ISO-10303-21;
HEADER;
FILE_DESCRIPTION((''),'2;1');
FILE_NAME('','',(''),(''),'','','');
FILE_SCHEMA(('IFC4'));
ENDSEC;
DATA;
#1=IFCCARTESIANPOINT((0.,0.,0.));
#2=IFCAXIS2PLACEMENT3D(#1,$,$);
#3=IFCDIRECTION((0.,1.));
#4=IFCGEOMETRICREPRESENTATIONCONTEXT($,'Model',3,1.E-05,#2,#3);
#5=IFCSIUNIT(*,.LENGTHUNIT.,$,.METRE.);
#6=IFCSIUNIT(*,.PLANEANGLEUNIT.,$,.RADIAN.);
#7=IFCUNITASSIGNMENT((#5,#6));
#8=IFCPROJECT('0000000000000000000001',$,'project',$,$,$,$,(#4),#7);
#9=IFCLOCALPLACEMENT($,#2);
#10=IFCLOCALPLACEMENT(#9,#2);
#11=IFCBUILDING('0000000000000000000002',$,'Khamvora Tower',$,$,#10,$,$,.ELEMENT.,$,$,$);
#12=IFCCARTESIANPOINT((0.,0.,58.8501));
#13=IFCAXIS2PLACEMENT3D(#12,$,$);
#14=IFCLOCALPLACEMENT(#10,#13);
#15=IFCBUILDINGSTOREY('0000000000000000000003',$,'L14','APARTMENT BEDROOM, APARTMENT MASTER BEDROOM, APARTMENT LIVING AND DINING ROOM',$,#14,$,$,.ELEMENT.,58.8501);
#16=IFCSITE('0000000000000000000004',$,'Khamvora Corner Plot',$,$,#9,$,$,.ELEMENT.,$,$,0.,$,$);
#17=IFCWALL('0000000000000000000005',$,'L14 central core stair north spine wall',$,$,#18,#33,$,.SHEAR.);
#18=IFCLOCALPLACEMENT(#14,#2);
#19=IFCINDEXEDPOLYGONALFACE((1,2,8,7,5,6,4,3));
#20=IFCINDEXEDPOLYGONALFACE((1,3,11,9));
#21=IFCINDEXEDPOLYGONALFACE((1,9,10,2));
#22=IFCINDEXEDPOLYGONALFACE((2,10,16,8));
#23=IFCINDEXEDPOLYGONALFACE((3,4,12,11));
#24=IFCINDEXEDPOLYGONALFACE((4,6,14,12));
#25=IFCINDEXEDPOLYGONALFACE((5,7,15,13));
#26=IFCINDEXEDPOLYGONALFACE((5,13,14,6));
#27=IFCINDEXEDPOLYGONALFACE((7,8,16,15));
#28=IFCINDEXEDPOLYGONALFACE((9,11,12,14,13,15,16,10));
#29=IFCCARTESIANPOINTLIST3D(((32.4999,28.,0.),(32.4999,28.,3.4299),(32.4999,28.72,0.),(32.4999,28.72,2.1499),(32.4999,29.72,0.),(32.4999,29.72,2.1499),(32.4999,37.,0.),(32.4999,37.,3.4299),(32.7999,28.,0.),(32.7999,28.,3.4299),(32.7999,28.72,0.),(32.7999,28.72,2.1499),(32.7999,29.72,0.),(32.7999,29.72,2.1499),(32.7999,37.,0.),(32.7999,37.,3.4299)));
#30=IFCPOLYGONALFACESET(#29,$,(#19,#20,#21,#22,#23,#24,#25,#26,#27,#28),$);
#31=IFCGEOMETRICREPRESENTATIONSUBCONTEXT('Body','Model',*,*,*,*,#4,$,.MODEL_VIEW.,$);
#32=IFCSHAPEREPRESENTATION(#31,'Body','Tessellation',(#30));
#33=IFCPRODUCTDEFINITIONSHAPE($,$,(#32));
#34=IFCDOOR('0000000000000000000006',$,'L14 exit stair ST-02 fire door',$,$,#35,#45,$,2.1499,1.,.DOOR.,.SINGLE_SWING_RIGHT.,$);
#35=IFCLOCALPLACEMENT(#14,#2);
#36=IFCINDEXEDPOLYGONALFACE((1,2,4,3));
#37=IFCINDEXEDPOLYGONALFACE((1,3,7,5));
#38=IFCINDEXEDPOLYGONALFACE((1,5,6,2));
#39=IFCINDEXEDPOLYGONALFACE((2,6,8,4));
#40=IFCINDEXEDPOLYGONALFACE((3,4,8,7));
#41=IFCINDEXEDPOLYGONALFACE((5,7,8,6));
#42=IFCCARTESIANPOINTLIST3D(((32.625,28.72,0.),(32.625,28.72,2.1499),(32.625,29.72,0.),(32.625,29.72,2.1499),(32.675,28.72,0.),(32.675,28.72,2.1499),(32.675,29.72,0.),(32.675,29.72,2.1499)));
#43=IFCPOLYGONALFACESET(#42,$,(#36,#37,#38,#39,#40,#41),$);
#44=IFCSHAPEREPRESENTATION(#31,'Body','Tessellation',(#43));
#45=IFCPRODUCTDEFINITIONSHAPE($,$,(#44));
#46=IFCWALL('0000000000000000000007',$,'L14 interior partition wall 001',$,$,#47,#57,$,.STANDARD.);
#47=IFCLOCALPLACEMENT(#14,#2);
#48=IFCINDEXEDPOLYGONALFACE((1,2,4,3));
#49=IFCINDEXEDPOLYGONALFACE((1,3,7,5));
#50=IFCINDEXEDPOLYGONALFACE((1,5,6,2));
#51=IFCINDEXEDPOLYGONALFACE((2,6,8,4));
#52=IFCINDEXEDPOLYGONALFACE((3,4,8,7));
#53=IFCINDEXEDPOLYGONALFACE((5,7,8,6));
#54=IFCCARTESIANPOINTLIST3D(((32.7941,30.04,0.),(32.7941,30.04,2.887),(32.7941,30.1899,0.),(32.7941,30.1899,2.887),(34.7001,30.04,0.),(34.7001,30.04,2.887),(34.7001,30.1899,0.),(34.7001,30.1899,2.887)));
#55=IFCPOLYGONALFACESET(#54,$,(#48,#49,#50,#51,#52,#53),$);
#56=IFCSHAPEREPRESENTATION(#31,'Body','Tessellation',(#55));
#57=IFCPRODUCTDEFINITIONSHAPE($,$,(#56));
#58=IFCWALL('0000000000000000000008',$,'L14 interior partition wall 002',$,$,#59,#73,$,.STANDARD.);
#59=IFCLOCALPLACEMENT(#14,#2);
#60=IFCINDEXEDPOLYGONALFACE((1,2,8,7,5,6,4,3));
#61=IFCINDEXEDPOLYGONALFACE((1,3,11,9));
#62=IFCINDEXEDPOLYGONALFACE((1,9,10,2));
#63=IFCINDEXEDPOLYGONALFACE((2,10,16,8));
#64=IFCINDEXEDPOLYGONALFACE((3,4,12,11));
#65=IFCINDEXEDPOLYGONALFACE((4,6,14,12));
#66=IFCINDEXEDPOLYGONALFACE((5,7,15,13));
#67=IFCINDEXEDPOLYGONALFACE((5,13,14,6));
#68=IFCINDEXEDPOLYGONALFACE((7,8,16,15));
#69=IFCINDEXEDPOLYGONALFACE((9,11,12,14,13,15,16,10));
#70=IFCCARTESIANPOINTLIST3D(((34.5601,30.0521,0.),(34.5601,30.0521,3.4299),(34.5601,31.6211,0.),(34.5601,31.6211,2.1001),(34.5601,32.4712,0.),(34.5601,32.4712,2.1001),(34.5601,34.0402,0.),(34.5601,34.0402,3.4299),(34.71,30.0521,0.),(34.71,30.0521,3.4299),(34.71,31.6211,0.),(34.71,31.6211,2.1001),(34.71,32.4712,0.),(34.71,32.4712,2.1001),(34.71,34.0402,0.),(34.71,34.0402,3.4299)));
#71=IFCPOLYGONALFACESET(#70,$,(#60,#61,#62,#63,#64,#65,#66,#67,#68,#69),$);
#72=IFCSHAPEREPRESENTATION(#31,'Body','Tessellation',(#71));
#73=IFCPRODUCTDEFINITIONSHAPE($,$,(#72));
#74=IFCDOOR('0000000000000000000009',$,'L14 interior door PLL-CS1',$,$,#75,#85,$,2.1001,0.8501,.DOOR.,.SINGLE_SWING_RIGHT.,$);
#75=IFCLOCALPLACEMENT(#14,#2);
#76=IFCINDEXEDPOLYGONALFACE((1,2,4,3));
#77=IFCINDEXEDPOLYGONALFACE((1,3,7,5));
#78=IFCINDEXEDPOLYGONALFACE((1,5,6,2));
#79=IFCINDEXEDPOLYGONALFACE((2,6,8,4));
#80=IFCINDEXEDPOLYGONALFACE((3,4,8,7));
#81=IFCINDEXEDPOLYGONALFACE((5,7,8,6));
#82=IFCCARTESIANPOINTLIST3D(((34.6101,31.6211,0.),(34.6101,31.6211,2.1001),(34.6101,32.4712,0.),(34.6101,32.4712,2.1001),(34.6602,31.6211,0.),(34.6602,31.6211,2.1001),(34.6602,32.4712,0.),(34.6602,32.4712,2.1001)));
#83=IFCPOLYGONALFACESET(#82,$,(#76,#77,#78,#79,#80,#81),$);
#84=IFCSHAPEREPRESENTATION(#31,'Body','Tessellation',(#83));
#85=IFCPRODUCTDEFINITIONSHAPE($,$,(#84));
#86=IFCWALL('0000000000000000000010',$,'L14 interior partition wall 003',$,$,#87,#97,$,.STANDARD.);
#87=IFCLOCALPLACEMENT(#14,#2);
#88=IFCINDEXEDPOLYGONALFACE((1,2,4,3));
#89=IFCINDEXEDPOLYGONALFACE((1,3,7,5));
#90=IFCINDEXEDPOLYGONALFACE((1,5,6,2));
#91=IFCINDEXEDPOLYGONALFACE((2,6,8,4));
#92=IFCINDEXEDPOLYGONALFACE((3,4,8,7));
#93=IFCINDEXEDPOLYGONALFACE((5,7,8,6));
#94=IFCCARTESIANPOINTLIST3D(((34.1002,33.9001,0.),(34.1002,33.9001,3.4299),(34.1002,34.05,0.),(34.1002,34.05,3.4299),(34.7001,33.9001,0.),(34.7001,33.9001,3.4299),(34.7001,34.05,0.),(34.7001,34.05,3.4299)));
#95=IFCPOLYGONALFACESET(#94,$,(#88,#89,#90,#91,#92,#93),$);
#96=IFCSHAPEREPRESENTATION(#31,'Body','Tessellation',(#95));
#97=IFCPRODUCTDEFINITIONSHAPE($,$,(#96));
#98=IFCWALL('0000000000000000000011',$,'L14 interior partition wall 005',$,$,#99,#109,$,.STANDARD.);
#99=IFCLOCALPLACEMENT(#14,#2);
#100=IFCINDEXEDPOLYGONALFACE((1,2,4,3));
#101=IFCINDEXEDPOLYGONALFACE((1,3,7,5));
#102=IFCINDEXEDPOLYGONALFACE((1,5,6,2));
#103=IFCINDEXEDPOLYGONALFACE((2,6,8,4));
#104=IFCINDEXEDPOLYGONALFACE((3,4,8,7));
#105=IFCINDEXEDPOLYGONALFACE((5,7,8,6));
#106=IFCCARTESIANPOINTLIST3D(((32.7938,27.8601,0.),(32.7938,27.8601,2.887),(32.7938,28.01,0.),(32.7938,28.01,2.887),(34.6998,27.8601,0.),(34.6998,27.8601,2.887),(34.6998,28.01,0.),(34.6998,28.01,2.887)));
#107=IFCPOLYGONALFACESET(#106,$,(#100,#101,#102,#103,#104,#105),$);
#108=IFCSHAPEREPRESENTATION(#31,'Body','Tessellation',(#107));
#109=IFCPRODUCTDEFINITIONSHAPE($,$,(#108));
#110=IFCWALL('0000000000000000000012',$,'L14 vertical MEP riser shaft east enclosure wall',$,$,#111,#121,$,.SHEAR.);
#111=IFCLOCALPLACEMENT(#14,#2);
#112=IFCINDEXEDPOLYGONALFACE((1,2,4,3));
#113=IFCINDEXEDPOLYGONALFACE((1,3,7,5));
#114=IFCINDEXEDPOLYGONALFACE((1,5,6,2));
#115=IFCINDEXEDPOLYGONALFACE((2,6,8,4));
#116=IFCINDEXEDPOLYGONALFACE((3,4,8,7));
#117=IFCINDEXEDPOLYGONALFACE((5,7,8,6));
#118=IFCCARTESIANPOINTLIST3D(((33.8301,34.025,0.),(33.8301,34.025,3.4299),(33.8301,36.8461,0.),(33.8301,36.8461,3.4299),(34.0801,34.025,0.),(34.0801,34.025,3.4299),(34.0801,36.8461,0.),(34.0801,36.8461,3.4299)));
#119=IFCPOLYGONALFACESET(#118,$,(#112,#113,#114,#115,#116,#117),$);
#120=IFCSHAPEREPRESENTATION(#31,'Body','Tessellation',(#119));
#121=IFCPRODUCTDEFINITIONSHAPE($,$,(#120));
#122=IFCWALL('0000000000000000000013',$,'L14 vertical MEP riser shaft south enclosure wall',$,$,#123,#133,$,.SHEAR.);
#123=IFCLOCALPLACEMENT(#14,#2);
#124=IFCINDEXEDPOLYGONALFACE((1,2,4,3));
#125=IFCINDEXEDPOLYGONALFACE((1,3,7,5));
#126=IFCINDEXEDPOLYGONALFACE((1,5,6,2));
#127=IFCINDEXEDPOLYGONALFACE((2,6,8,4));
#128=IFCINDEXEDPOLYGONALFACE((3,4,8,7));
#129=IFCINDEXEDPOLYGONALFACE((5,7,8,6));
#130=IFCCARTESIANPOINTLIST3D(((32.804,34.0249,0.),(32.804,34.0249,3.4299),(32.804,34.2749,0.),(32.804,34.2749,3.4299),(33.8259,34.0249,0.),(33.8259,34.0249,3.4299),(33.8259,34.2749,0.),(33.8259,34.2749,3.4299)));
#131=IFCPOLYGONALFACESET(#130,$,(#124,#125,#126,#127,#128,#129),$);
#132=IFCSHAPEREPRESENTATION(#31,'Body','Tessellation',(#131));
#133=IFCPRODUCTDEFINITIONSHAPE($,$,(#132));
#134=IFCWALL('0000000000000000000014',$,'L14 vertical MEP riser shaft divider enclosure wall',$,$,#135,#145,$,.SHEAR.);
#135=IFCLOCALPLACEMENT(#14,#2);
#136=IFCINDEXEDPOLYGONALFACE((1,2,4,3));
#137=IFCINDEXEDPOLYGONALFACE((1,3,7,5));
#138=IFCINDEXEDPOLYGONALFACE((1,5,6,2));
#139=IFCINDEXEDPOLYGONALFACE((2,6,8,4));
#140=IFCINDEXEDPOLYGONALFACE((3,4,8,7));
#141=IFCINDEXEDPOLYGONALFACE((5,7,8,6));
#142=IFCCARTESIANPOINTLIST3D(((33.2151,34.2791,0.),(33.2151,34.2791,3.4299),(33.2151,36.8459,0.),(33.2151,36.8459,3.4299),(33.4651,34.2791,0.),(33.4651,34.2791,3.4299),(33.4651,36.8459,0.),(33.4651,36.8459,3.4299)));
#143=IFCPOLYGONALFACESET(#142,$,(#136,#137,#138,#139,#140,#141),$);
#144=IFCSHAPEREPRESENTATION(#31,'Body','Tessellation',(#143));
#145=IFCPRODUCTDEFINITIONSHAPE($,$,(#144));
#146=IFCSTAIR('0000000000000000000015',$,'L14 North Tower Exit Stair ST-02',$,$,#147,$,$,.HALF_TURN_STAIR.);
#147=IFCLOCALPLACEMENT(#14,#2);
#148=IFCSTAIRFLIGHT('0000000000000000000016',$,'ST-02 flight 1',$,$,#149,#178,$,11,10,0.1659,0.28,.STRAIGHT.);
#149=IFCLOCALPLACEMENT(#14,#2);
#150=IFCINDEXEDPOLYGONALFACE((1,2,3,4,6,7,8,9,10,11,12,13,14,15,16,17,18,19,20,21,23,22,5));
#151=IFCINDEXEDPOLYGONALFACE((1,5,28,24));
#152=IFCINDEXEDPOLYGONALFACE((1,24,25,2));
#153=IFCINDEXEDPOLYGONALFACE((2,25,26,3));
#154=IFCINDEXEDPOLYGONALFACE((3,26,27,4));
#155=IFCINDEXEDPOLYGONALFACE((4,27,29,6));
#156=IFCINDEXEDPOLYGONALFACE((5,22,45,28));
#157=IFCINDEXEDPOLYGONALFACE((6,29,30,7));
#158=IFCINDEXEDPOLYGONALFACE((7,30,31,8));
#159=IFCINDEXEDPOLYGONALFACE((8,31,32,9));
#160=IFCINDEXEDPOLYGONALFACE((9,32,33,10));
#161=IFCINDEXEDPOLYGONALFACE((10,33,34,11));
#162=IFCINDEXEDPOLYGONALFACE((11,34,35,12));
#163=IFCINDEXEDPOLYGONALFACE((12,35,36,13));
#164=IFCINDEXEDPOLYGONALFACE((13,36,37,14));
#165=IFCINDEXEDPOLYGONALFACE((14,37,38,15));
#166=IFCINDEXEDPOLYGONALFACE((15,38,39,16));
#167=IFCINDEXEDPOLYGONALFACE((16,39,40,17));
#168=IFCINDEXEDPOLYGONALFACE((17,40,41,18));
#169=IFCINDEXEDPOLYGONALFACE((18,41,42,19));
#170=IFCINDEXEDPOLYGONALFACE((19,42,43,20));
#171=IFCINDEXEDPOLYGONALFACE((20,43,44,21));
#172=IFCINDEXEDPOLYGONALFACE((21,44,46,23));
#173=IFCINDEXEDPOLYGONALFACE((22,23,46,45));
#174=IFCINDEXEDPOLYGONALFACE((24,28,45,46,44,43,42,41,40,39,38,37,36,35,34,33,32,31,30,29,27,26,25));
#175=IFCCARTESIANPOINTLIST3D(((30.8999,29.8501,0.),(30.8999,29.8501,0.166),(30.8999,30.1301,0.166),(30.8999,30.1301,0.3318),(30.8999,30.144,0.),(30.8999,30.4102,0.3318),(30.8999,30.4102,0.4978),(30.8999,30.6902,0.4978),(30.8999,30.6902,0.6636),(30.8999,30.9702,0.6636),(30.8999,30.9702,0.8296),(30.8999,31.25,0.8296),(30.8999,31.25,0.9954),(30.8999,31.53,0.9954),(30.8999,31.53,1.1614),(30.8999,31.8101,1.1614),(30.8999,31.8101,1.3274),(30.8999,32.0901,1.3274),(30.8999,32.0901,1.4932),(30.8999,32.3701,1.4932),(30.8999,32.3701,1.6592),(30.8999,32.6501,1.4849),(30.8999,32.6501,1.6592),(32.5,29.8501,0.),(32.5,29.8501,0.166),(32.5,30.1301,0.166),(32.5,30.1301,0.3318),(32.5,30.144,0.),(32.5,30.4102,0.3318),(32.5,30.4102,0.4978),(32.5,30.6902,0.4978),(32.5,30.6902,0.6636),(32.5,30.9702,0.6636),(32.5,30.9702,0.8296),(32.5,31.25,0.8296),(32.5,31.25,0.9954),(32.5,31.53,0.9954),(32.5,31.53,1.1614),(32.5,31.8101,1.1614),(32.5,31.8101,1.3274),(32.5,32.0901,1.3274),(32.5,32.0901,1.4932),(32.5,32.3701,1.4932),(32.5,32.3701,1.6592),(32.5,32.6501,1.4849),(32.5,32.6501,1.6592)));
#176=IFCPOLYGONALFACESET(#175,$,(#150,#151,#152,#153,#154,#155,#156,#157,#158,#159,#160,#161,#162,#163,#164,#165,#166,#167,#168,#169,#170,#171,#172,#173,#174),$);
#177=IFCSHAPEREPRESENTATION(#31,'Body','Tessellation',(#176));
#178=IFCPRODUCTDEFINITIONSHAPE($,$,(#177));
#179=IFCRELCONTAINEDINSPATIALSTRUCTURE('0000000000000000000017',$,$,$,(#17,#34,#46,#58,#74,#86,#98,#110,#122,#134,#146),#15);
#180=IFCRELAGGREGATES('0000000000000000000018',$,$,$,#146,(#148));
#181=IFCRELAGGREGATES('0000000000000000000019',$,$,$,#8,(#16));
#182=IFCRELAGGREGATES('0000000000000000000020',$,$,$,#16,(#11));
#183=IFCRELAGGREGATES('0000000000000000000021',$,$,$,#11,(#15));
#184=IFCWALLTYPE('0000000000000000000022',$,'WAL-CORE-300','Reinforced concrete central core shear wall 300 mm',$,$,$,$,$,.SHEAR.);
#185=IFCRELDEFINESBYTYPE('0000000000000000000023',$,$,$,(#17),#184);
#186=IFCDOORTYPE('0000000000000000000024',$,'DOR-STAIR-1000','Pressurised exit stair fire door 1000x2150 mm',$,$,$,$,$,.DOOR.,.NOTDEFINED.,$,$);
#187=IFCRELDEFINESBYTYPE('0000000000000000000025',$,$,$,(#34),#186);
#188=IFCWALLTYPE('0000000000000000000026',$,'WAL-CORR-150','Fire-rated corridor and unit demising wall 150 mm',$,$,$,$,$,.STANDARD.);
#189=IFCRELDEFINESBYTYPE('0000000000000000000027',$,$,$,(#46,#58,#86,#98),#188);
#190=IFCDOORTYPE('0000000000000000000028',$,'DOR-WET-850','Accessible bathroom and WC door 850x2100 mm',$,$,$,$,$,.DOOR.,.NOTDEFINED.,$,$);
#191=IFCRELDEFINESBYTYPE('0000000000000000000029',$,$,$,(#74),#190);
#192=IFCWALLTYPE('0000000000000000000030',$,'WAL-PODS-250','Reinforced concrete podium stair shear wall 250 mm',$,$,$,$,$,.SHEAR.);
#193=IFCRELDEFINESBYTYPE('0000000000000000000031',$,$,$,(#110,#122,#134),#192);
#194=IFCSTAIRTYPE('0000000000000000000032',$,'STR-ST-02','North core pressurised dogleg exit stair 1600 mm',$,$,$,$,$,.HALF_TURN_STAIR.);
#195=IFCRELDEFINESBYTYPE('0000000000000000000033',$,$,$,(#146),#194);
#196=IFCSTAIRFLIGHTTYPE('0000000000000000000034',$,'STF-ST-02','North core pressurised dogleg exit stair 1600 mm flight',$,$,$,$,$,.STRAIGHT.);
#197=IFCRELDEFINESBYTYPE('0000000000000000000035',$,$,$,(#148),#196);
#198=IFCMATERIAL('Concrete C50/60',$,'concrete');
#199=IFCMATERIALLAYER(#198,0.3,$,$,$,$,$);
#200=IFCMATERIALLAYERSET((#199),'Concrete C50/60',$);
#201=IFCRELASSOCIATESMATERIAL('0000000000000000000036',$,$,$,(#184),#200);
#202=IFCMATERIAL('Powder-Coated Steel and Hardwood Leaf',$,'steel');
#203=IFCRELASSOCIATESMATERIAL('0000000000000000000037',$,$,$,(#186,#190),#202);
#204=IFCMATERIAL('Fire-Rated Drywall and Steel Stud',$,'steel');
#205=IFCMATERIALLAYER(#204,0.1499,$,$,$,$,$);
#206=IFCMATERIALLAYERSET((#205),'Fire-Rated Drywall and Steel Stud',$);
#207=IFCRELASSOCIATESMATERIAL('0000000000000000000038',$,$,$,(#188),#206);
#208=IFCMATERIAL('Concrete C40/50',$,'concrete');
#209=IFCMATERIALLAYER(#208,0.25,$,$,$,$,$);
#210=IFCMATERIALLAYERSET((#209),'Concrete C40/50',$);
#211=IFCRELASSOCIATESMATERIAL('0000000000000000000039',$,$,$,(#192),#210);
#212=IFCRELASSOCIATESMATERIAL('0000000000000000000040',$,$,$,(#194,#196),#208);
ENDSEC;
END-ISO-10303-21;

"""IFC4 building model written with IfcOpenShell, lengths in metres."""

from ifc_helpers import new_model, si_unit, direction, frame, frame_2d, origin, place, context, subcontext, project, spatial, polyline, rectangle, outline, extrude, material, layer, layer_set, type_object, element, fill, aggregate, save


model = new_model("IFC4")

# Units and contexts
model_context = context("Model", 3, precision=1e-05, world=origin(), true_north=direction((0.0, 1.0)))
body_context = subcontext(model_context, "Body", "Model", "MODEL_VIEW")
ifc_project = project(units=[si_unit("LENGTHUNIT", "METRE"), si_unit("PLANEANGLEUNIT", "RADIAN")], contexts=[model_context])

# Site, building, storey
site_placement = place(None, origin())
site = spatial("IfcSite", under=ifc_project, at=site_placement, Name="Khamvora Corner Plot", CompositionType="ELEMENT", RefElevation=0.0)
building_placement = place(site_placement, origin())
building = spatial("IfcBuilding", under=site, at=building_placement, Name="Khamvora Tower", CompositionType="ELEMENT")
storey_placement = place(building_placement, frame((0.0, 0.0, 58.8501)))
storey = spatial("IfcBuildingStorey", under=building, at=storey_placement, Name="L14", Description="APARTMENT BEDROOM, APARTMENT MASTER BEDROOM, APARTMENT LIVING AND DINING ROOM", CompositionType="ELEMENT", Elevation=58.8501)

# Wall, opening, door
ifc_material_1 = material(Name="Concrete C50/60", Category="concrete")
ifc_layer_1 = layer(ifc_material_1, 0.3)
ifc_layer_set_1 = layer_set([ifc_layer_1], Name="Concrete C50/60")
wall_type_1 = type_object("IfcWallType", Name="WAL-CORE-300", Description="Reinforced concrete central core shear wall 300 mm", PredefinedType="SHEAR", material=ifc_layer_set_1)
wall_1_placement = place(storey_placement, frame((32.6499, 28.0, 0.0), z_axis=(0.0, 0.0, 1.0), x_axis=(0.0, 1.0, 0.0)))
wall_1 = element("IfcWall", 1, at=wall_1_placement, inside=storey, type_object=wall_type_1, Name="L14 central core stair north spine wall", PredefinedType="SHEAR", context=body_context, shape_type="SweptSolid", body=[
    extrude(rectangle(XDim=9.0, YDim=0.3, at=frame_2d((4.5, 0.0))), origin(), (0.0, 0.0, 1.0), 3.4299),
])
opening_1_placement = place(wall_1_placement, frame((0.72, 0.0, 0.0)))
opening_1 = element("IfcOpeningElement", 2, at=opening_1_placement, cuts=wall_1, PredefinedType="OPENING", context=body_context, shape_type="SweptSolid", body=[
    extrude(rectangle(XDim=1.0, YDim=2.1499, at=frame_2d((0.5, 1.075))), frame((0.0, 0.1599, 0.0), z_axis=(0.0, -1.0, 0.0), x_axis=(1.0, 0.0, 0.0)), (0.0, 0.0, 1.0), 0.3201),
])
ifc_material_2 = material(Name="Powder-Coated Steel and Hardwood Leaf", Category="steel")
door_type_1 = type_object("IfcDoorType", Name="DOR-STAIR-1000", Description="Pressurised exit stair fire door 1000x2150 mm", OperationType="NOTDEFINED", PredefinedType="DOOR", material=ifc_material_2)
door_1_placement = place(opening_1_placement, origin())
door_1 = element("IfcDoor", 3, at=door_1_placement, inside=storey, type_object=door_type_1, Name="L14 exit stair ST-02 fire door", OperationType="SINGLE_SWING_RIGHT", OverallHeight=2.1499, OverallWidth=1.0, PredefinedType="DOOR", context=body_context, shape_type="SweptSolid", body=[
    extrude(rectangle(XDim=1.0, YDim=2.1499, at=frame_2d((0.5, 1.075))), frame((0.0, 0.0249, 0.0), z_axis=(0.0, -1.0, 0.0), x_axis=(1.0, 0.0, 0.0)), (0.0, 0.0, 1.0), 0.05),
])
fill(opening_1, door_1)

# Wall
ifc_material_3 = material(Name="Fire-Rated Drywall and Steel Stud", Category="steel")
ifc_layer_2 = layer(ifc_material_3, 0.1499)
ifc_layer_set_2 = layer_set([ifc_layer_2], Name="Fire-Rated Drywall and Steel Stud")
wall_type_2 = type_object("IfcWallType", Name="WAL-CORR-150", Description="Fire-rated corridor and unit demising wall 150 mm", PredefinedType="STANDARD", material=ifc_layer_set_2)
wall_2_placement = place(storey_placement, frame((32.7939, 30.115, 0.0), z_axis=(0.0, 0.0, 1.0), x_axis=(1.0, 0.0, 0.0)))
element("IfcWall", 4, at=wall_2_placement, inside=storey, type_object=wall_type_2, Name="L14 interior partition wall 001", PredefinedType="STANDARD", context=body_context, shape_type="SweptSolid", body=[
    extrude(rectangle(XDim=1.906, YDim=0.1499, at=frame_2d((0.9531, 0.0))), origin(), (0.0, 0.0, 1.0), 2.887),
])

# Wall, opening, door
wall_3_placement = place(storey_placement, frame((34.635, 30.052, 0.0), z_axis=(0.0, 0.0, 1.0), x_axis=(0.0, 1.0, 0.0)))
wall_3 = element("IfcWall", 5, at=wall_3_placement, inside=storey, type_object=wall_type_2, Name="L14 interior partition wall 002", PredefinedType="STANDARD", context=body_context, shape_type="SweptSolid", body=[
    extrude(rectangle(XDim=3.988, YDim=0.1499, at=frame_2d((1.9941, 0.0))), origin(), (0.0, 0.0, 1.0), 3.4299),
])
opening_2_placement = place(wall_3_placement, frame((1.5691, 0.0, 0.0)))
opening_2 = element("IfcOpeningElement", 6, at=opening_2_placement, cuts=wall_3, PredefinedType="OPENING", context=body_context, shape_type="SweptSolid", body=[
    extrude(rectangle(XDim=0.8501, YDim=2.1001, at=frame_2d((0.425, 1.05))), frame((0.0, 0.085, 0.0), z_axis=(0.0, -1.0, 0.0), x_axis=(1.0, 0.0, 0.0)), (0.0, 0.0, 1.0), 0.1699),
])
door_type_2 = type_object("IfcDoorType", Name="DOR-WET-850", Description="Accessible bathroom and WC door 850x2100 mm", OperationType="NOTDEFINED", PredefinedType="DOOR", material=ifc_material_2)
door_2_placement = place(opening_2_placement, origin())
door_2 = element("IfcDoor", 7, at=door_2_placement, inside=storey, type_object=door_type_2, Name="L14 interior door PLL-CS1", OperationType="SINGLE_SWING_RIGHT", OverallHeight=2.1001, OverallWidth=0.8501, PredefinedType="DOOR", context=body_context, shape_type="SweptSolid", body=[
    extrude(rectangle(XDim=0.8501, YDim=2.1001, at=frame_2d((0.425, 1.05))), frame((0.0, 0.0249, 0.0), z_axis=(0.0, -1.0, 0.0), x_axis=(1.0, 0.0, 0.0)), (0.0, 0.0, 1.0), 0.05),
])
fill(opening_2, door_2)

# Walls
wall_4_placement = place(storey_placement, frame((34.7, 33.9751, 0.0), z_axis=(0.0, 0.0, 1.0), x_axis=(-1.0, 0.0, 0.0)))
element("IfcWall", 8, at=wall_4_placement, inside=storey, type_object=wall_type_2, Name="L14 interior partition wall 003", PredefinedType="STANDARD", context=body_context, shape_type="SweptSolid", body=[
    extrude(rectangle(XDim=0.5999, YDim=0.1499, at=frame_2d((0.2998, 0.0))), origin(), (0.0, 0.0, 1.0), 3.4299),
])
wall_5_placement = place(storey_placement, frame((34.7, 27.9351, 0.0), z_axis=(0.0, 0.0, 1.0), x_axis=(-1.0, 0.0, 0.0)))
element("IfcWall", 9, at=wall_5_placement, inside=storey, type_object=wall_type_2, Name="L14 interior partition wall 005", PredefinedType="STANDARD", context=body_context, shape_type="SweptSolid", body=[
    extrude(rectangle(XDim=1.906, YDim=0.1499, at=frame_2d((0.9531, 0.0))), origin(), (0.0, 0.0, 1.0), 2.887),
])
ifc_material_4 = material(Name="Concrete C40/50", Category="concrete")
ifc_layer_3 = layer(ifc_material_4, 0.25)
ifc_layer_set_3 = layer_set([ifc_layer_3], Name="Concrete C40/50")
wall_type_3 = type_object("IfcWallType", Name="WAL-PODS-250", Description="Reinforced concrete podium stair shear wall 250 mm", PredefinedType="SHEAR", material=ifc_layer_set_3)
wall_6_placement = place(storey_placement, frame((33.9551, 34.0249, 0.0), z_axis=(0.0, 0.0, 1.0), x_axis=(0.0, 1.0, 0.0)))
element("IfcWall", 10, at=wall_6_placement, inside=storey, type_object=wall_type_3, Name="L14 vertical MEP riser shaft east enclosure wall", PredefinedType="SHEAR", context=body_context, shape_type="SweptSolid", body=[
    extrude(rectangle(XDim=2.821, YDim=0.25, at=frame_2d((1.4106, 0.0))), origin(), (0.0, 0.0, 1.0), 3.4299),
])
wall_7_placement = place(storey_placement, frame((32.804, 34.1499, 0.0), z_axis=(0.0, 0.0, 1.0), x_axis=(1.0, 0.0, 0.0)))
element("IfcWall", 11, at=wall_7_placement, inside=storey, type_object=wall_type_3, Name="L14 vertical MEP riser shaft south enclosure wall", PredefinedType="SHEAR", context=body_context, shape_type="SweptSolid", body=[
    extrude(rectangle(XDim=1.022, YDim=0.25, at=frame_2d((0.511, 0.0))), origin(), (0.0, 0.0, 1.0), 3.4299),
])
wall_8_placement = place(storey_placement, frame((33.3401, 34.2791, 0.0), z_axis=(0.0, 0.0, 1.0), x_axis=(0.0, 1.0, 0.0)))
element("IfcWall", 12, at=wall_8_placement, inside=storey, type_object=wall_type_3, Name="L14 vertical MEP riser shaft divider enclosure wall", PredefinedType="SHEAR", context=body_context, shape_type="SweptSolid", body=[
    extrude(rectangle(XDim=2.5669, YDim=0.25, at=frame_2d((1.2834, 0.0))), origin(), (0.0, 0.0, 1.0), 3.4299),
])

# Stair, stair flight
stair_type = type_object("IfcStairType", Name="STR-ST-02", Description="North core pressurised dogleg exit stair 1600 mm", PredefinedType="HALF_TURN_STAIR", material=ifc_material_4)
stair_placement = place(storey_placement, origin())
stair = element("IfcStair", 13, at=stair_placement, inside=storey, type_object=stair_type, Name="L14 North Tower Exit Stair ST-02", PredefinedType="HALF_TURN_STAIR")
stair_flight_type = type_object("IfcStairFlightType", Name="STF-ST-02", Description="North core pressurised dogleg exit stair 1600 mm flight", PredefinedType="STRAIGHT", material=ifc_material_4)
stair_flight_1_placement = place(storey_placement, frame((31.7, 29.8501, 0.0), z_axis=(0.0, 0.0, 1.0), x_axis=(0.0, 1.0, 0.0)))
stair_flight_1 = element("IfcStairFlight", 14, at=stair_flight_1_placement, type_object=stair_flight_type, Name="ST-02 flight 1", NumberOfRisers=11, NumberOfTreads=10, PredefinedType="STRAIGHT", RiserHeight=0.1659, TreadLength=0.28, context=body_context, shape_type="SweptSolid", body=[
    extrude(outline(polyline([(0.0, 0.0), (0.0, 0.166), (0.28, 0.166), (0.28, 0.3318), (0.5601, 0.3318), (0.5601, 0.4978), (0.8401, 0.4978), (0.8401, 0.6636), (1.1201, 0.6636), (1.1201, 0.8296), (1.3999, 0.8296), (1.3999, 0.9954), (1.6799, 0.9954), (1.6799, 1.1614), (1.96, 1.1614), (1.96, 1.3274), (2.24, 1.3274), (2.24, 1.4932), (2.52, 1.4932), (2.52, 1.6592), (2.8, 1.6592), (2.8, 1.825), (2.8, 1.4849), (0.2939, 0.0), (0.0, 0.0)])), frame((0.0, 0.8, 0.0), z_axis=(0.0, -1.0, 0.0), x_axis=(1.0, 0.0, 0.0)), (0.0, 0.0, 1.0), 1.6001),
])
aggregate(stair, [stair_flight_1])

save(model, "model.ifc")
